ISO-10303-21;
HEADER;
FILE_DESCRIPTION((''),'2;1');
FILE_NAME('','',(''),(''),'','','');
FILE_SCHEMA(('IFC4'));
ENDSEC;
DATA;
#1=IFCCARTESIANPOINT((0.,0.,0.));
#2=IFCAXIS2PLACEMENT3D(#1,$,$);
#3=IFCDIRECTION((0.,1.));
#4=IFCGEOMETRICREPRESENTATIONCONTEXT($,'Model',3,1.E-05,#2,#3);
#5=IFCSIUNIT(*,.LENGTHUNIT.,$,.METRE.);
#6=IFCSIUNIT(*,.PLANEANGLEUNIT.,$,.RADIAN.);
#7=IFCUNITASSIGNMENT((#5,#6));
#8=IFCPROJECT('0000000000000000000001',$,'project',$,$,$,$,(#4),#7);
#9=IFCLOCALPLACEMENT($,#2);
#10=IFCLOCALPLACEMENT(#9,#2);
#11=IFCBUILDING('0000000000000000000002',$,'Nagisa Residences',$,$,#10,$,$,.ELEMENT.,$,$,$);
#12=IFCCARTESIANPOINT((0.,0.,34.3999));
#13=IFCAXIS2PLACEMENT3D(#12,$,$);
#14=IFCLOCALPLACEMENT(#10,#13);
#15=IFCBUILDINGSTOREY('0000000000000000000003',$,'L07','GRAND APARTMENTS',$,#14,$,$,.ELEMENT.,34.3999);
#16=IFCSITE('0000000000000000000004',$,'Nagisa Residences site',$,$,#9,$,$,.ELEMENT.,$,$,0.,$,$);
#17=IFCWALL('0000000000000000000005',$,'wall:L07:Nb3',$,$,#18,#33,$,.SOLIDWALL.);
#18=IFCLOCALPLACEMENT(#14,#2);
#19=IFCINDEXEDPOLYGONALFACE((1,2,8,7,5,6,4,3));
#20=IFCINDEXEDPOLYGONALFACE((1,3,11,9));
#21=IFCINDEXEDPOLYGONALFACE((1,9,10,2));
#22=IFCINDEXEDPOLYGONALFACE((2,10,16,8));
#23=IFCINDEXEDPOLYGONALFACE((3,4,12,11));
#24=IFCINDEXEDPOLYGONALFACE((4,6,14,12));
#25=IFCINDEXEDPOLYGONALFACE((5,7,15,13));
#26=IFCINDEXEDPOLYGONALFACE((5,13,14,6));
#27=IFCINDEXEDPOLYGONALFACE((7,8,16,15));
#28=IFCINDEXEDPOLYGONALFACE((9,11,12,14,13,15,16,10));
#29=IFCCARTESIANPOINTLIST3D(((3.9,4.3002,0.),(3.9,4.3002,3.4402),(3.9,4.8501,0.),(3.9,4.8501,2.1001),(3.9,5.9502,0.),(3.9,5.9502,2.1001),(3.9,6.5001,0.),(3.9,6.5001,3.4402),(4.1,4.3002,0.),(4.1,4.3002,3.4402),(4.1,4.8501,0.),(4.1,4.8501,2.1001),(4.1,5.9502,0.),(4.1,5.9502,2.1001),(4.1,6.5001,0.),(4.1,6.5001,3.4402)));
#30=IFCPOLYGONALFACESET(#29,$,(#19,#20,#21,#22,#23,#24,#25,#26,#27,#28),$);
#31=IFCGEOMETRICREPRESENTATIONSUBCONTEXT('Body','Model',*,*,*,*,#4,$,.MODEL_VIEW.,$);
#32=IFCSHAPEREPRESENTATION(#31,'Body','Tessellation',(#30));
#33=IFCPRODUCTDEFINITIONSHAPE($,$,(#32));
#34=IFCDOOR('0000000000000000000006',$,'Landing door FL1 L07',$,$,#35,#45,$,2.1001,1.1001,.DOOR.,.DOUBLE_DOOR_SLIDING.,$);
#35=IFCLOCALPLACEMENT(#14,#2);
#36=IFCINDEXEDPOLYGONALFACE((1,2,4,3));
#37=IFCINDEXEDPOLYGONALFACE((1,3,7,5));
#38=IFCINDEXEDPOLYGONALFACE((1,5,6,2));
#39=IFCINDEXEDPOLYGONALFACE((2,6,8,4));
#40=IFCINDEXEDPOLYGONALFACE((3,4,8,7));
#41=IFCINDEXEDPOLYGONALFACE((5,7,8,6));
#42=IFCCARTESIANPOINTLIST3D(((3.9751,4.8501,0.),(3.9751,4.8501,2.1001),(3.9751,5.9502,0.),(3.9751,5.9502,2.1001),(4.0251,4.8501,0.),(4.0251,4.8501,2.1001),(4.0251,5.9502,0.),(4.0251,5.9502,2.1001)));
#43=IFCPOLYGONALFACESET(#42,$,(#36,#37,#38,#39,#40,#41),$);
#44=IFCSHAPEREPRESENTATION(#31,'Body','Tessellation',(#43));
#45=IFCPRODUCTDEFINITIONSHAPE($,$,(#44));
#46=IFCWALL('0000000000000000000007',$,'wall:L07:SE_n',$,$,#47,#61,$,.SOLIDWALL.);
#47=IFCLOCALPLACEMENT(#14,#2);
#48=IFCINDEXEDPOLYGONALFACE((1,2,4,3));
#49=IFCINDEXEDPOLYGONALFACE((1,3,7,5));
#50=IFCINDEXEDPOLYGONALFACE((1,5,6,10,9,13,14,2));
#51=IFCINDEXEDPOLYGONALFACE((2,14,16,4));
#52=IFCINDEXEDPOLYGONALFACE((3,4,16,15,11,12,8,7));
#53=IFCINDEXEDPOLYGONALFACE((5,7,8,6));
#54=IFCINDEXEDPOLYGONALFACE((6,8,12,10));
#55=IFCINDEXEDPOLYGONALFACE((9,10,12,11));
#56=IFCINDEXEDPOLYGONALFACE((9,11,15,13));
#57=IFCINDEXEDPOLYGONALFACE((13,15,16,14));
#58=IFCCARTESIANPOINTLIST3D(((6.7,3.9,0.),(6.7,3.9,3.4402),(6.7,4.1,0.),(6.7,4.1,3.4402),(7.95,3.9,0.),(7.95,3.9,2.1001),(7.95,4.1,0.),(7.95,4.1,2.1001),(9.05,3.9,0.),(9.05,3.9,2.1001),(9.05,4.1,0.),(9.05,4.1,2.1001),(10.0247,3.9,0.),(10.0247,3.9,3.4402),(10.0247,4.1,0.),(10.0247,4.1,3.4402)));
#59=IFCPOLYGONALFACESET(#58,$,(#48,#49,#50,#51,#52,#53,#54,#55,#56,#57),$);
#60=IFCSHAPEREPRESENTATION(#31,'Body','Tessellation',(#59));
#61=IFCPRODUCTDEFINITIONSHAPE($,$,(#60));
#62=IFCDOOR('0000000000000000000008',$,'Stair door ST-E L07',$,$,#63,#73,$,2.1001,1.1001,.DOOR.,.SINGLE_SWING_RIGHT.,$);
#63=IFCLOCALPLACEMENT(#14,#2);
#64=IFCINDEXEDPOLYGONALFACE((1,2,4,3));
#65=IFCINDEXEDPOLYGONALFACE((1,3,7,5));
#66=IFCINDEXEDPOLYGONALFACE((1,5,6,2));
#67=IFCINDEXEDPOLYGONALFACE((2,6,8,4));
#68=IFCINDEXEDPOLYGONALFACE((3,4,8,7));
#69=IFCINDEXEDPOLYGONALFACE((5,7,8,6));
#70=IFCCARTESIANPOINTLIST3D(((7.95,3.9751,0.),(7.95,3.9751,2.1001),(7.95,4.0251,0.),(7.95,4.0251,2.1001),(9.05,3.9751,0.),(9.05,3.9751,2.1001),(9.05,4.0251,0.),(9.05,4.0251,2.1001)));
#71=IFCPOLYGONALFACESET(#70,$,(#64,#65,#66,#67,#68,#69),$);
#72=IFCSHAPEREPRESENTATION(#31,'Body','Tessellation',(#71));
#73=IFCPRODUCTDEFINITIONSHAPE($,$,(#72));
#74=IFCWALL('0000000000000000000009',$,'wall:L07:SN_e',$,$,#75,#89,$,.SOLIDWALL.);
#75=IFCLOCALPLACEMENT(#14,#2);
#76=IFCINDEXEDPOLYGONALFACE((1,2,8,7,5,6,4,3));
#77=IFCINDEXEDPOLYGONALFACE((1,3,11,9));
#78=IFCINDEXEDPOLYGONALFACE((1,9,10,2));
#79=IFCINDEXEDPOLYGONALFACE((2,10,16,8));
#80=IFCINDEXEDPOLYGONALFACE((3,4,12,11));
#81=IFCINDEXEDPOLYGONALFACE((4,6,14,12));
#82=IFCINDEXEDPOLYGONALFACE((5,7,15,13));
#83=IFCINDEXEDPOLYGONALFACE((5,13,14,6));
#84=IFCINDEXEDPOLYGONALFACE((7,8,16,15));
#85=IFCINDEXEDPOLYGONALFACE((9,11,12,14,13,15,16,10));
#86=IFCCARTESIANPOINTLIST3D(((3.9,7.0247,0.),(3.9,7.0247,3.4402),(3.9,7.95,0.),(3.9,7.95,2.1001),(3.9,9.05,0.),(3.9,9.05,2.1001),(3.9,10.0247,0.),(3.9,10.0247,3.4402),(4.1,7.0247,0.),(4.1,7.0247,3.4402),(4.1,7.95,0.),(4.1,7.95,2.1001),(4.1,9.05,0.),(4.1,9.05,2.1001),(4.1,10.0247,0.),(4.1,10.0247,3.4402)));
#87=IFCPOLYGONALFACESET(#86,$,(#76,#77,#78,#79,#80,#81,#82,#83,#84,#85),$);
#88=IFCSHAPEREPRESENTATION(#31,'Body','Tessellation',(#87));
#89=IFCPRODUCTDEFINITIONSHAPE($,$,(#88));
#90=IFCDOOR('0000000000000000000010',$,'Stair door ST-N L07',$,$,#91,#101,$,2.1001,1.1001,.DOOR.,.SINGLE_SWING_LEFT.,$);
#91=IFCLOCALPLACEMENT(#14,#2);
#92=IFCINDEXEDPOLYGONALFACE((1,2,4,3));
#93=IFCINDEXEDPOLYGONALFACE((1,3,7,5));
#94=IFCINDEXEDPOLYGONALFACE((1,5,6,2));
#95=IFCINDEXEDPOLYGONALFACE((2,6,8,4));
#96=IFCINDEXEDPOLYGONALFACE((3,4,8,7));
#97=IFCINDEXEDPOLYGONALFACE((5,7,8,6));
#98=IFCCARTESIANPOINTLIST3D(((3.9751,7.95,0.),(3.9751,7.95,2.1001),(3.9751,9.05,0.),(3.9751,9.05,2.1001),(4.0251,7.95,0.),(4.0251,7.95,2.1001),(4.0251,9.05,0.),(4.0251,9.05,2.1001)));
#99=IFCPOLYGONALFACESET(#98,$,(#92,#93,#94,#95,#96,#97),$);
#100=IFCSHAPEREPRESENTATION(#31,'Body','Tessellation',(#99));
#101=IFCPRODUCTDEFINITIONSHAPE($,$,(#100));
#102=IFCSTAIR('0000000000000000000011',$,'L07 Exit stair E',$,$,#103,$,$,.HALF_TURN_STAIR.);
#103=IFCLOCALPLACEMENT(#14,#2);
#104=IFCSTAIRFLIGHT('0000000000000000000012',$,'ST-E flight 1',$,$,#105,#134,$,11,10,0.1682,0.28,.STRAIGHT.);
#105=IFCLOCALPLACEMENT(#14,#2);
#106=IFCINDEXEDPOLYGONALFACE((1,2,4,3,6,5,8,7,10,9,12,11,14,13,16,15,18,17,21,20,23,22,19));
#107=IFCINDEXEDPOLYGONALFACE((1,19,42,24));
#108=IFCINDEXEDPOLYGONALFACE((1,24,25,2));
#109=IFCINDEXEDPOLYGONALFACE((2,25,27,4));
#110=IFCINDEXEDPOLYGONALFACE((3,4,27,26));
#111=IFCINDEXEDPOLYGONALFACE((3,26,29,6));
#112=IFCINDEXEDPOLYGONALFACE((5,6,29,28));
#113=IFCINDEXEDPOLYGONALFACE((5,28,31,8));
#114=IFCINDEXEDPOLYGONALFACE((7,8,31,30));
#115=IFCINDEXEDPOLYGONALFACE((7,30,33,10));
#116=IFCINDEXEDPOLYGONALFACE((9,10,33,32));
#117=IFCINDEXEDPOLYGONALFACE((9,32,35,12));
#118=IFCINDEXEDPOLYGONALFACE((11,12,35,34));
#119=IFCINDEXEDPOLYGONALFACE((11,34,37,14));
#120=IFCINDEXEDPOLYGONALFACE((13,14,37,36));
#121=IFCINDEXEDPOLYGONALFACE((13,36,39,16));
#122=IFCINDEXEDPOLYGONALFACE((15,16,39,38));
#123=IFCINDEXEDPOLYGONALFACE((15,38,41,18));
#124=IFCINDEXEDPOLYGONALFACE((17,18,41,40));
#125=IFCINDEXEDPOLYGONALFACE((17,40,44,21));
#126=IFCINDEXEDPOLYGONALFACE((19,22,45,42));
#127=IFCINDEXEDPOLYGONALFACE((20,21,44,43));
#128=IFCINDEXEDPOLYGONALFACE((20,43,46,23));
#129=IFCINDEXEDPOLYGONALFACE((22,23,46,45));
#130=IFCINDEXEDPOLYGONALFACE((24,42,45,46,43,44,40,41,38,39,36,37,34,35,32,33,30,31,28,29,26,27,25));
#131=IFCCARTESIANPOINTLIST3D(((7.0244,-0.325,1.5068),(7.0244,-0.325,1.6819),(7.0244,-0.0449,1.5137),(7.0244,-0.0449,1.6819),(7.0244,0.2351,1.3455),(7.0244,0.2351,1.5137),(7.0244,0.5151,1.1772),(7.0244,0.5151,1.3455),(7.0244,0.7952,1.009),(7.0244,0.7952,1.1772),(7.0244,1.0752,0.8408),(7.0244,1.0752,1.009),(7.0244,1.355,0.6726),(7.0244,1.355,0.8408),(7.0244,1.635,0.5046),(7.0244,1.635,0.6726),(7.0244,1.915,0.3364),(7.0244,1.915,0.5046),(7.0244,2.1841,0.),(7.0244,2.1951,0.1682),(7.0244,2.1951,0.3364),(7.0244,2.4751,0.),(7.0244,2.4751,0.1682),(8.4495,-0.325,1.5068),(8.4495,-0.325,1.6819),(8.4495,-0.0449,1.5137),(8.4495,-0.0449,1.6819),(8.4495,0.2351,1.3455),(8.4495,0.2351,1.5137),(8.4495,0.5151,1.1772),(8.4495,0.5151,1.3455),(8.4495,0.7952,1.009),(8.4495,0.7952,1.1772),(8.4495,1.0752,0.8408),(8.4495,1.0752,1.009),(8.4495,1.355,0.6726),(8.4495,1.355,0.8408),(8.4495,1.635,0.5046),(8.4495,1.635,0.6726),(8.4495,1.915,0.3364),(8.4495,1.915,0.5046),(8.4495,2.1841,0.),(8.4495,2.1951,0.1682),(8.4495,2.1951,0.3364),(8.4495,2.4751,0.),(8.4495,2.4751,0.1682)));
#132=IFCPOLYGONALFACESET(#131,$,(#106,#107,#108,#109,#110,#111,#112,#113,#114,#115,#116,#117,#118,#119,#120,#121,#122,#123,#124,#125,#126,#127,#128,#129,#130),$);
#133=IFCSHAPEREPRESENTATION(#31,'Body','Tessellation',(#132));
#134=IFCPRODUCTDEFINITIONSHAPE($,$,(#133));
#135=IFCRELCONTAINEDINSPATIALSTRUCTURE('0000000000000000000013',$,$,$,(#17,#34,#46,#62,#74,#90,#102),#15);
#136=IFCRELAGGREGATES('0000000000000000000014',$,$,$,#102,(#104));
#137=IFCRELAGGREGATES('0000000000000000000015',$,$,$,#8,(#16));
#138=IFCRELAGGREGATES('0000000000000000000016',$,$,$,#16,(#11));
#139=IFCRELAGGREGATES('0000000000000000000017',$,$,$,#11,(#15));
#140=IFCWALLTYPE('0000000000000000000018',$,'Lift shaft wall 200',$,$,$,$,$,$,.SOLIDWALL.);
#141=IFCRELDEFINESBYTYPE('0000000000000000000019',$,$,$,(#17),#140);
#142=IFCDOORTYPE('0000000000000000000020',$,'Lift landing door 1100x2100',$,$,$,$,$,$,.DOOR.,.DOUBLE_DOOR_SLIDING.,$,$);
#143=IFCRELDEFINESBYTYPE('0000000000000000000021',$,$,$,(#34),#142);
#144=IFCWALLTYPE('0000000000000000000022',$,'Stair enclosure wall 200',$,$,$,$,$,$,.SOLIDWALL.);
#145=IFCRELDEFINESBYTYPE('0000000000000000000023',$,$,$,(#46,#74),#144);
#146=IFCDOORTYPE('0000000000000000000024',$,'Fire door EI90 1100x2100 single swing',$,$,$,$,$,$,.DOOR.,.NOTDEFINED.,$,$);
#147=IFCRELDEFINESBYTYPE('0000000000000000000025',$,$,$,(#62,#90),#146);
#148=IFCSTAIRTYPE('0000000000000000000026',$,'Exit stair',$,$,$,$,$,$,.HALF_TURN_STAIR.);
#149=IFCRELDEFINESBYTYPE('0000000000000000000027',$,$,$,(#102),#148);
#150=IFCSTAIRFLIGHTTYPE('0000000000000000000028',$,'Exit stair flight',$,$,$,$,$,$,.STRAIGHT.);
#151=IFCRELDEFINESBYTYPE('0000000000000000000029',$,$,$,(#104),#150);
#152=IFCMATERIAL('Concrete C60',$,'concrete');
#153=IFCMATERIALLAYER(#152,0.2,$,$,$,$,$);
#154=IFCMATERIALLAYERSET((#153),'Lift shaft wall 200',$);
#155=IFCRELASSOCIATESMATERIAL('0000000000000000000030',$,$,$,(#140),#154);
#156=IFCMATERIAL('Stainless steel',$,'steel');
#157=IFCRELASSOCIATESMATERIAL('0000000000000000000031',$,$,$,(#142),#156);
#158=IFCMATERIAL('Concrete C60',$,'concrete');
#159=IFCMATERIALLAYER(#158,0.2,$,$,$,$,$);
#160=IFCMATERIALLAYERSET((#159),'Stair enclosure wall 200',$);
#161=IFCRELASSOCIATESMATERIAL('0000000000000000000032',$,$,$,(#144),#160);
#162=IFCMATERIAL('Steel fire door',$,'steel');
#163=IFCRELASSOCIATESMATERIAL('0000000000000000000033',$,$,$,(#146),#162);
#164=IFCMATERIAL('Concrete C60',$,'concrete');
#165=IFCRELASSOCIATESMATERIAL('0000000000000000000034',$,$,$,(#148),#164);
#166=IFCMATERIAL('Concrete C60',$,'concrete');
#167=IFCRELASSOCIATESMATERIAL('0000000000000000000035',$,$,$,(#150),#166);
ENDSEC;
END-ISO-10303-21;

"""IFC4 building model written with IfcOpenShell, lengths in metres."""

from ifc_helpers import new_model, si_unit, direction, frame, frame_2d, origin, place, context, subcontext, project, spatial, polyline, rectangle, outline, extrude, material, layer, layer_set, type_object, element, fill, aggregate, save


model = new_model("IFC4")

# Units and contexts
model_context = context("Model", 3, precision=1e-05, world=origin(), true_north=direction((0.0, 1.0)))
body_context = subcontext(model_context, "Body", "Model", "MODEL_VIEW")
ifc_project = project(units=[si_unit("LENGTHUNIT", "METRE"), si_unit("PLANEANGLEUNIT", "RADIAN")], contexts=[model_context])

# Site, building, storey
site_placement = place(None, origin())
site = spatial("IfcSite", under=ifc_project, at=site_placement, Name="Nagisa Residences site", CompositionType="ELEMENT", RefElevation=0.0)
building_placement = place(site_placement, origin())
building = spatial("IfcBuilding", under=site, at=building_placement, Name="Nagisa Residences", CompositionType="ELEMENT")
storey_placement = place(building_placement, frame((0.0, 0.0, 34.3999)))
storey = spatial("IfcBuildingStorey", under=building, at=storey_placement, Name="L07", Description="GRAND APARTMENTS", CompositionType="ELEMENT", Elevation=34.3999)

# Walls, openings, doors
ifc_material_1 = material(Name="Concrete C60", Category="concrete")
ifc_layer_1 = layer(ifc_material_1, 0.2)
ifc_layer_set_1 = layer_set([ifc_layer_1], Name="Lift shaft wall 200")
wall_type_1 = type_object("IfcWallType", Name="Lift shaft wall 200", PredefinedType="SOLIDWALL", material=ifc_layer_set_1)
wall_1_placement = place(storey_placement, frame((4.0, 4.3, 0.0), z_axis=(0.0, 0.0, 1.0), x_axis=(0.0, 1.0, 0.0)))
wall_1 = element("IfcWall", 1, at=wall_1_placement, inside=storey, type_object=wall_type_1, Name="wall:L07:Nb3", PredefinedType="SOLIDWALL", context=body_context, shape_type="SweptSolid", body=[
    extrude(rectangle(XDim=2.2, YDim=0.2, at=frame_2d((1.1001, 0.0))), origin(), (0.0, 0.0, 1.0), 3.4402),
])
opening_1_placement = place(wall_1_placement, frame((0.55, 0.0, 0.0)))
opening_1 = element("IfcOpeningElement", 2, at=opening_1_placement, cuts=wall_1, PredefinedType="OPENING", context=body_context, shape_type="SweptSolid", body=[
    extrude(rectangle(XDim=1.1001, YDim=2.1001, at=frame_2d((0.55, 1.05))), frame((0.0, 0.1099, 0.0), z_axis=(0.0, -1.0, 0.0), x_axis=(1.0, 0.0, 0.0)), (0.0, 0.0, 1.0), 0.22),
])
ifc_material_2 = material(Name="Stainless steel", Category="steel")
door_type_1 = type_object("IfcDoorType", Name="Lift landing door 1100x2100", OperationType="DOUBLE_DOOR_SLIDING", PredefinedType="DOOR", material=ifc_material_2)
door_1_placement = place(opening_1_placement, origin())
door_1 = element("IfcDoor", 3, at=door_1_placement, inside=storey, type_object=door_type_1, Name="Landing door FL1 L07", OperationType="DOUBLE_DOOR_SLIDING", OverallHeight=2.1001, OverallWidth=1.1001, PredefinedType="DOOR", context=body_context, shape_type="SweptSolid", body=[
    extrude(rectangle(XDim=1.1001, YDim=2.1001, at=frame_2d((0.55, 1.05))), frame((0.0, 0.0249, 0.0), z_axis=(0.0, -1.0, 0.0), x_axis=(1.0, 0.0, 0.0)), (0.0, 0.0, 1.0), 0.05),
])
fill(opening_1, door_1)
ifc_material_3 = material(Name="Concrete C60", Category="concrete")
ifc_layer_2 = layer(ifc_material_3, 0.2)
ifc_layer_set_2 = layer_set([ifc_layer_2], Name="Stair enclosure wall 200")
wall_type_2 = type_object("IfcWallType", Name="Stair enclosure wall 200", PredefinedType="SOLIDWALL", material=ifc_layer_set_2)
wall_2_placement = place(storey_placement, frame((6.7, 4.0, 0.0), z_axis=(0.0, 0.0, 1.0), x_axis=(1.0, 0.0, 0.0)))
wall_2 = element("IfcWall", 4, at=wall_2_placement, inside=storey, type_object=wall_type_2, Name="wall:L07:SE_n", PredefinedType="SOLIDWALL", context=body_context, shape_type="SweptSolid", body=[
    extrude(rectangle(XDim=3.3247, YDim=0.2, at=frame_2d((1.6624, 0.0))), origin(), (0.0, 0.0, 1.0), 3.4402),
])
opening_2_placement = place(wall_2_placement, frame((1.25, 0.0, 0.0)))
opening_2 = element("IfcOpeningElement", 5, at=opening_2_placement, cuts=wall_2, PredefinedType="OPENING", context=body_context, shape_type="SweptSolid", body=[
    extrude(rectangle(XDim=1.1001, YDim=2.1001, at=frame_2d((0.55, 1.05))), frame((0.0, 0.1099, 0.0), z_axis=(0.0, -1.0, 0.0), x_axis=(1.0, 0.0, 0.0)), (0.0, 0.0, 1.0), 0.22),
])
ifc_material_4 = material(Name="Steel fire door", Category="steel")
door_type_2 = type_object("IfcDoorType", Name="Fire door EI90 1100x2100 single swing", OperationType="NOTDEFINED", PredefinedType="DOOR", material=ifc_material_4)
door_2_placement = place(opening_2_placement, frame((1.1001, 0.0, 0.0), x_axis=(-1.0, 0.0, 0.0)))
door_2 = element("IfcDoor", 6, at=door_2_placement, inside=storey, type_object=door_type_2, Name="Stair door ST-E L07", OperationType="SINGLE_SWING_RIGHT", OverallHeight=2.1001, OverallWidth=1.1001, PredefinedType="DOOR", context=body_context, shape_type="SweptSolid", body=[
    extrude(rectangle(XDim=1.1001, YDim=2.1001, at=frame_2d((0.55, 1.05))), frame((0.0, 0.0249, 0.0), z_axis=(0.0, -1.0, 0.0), x_axis=(1.0, 0.0, 0.0)), (0.0, 0.0, 1.0), 0.05),
])
fill(opening_2, door_2)
wall_3_placement = place(storey_placement, frame((4.0, 7.0247, 0.0), z_axis=(0.0, 0.0, 1.0), x_axis=(0.0, 1.0, 0.0)))
wall_3 = element("IfcWall", 7, at=wall_3_placement, inside=storey, type_object=wall_type_2, Name="wall:L07:SN_e", PredefinedType="SOLIDWALL", context=body_context, shape_type="SweptSolid", body=[
    extrude(rectangle(XDim=3.0, YDim=0.2, at=frame_2d((1.5, 0.0))), origin(), (0.0, 0.0, 1.0), 3.4402),
])
opening_3_placement = place(wall_3_placement, frame((0.9253, 0.0, 0.0)))
opening_3 = element("IfcOpeningElement", 8, at=opening_3_placement, cuts=wall_3, PredefinedType="OPENING", context=body_context, shape_type="SweptSolid", body=[
    extrude(rectangle(XDim=1.1001, YDim=2.1001, at=frame_2d((0.55, 1.05))), frame((0.0, 0.1099, 0.0), z_axis=(0.0, -1.0, 0.0), x_axis=(1.0, 0.0, 0.0)), (0.0, 0.0, 1.0), 0.22),
])
door_3_placement = place(opening_3_placement, origin())
door_3 = element("IfcDoor", 9, at=door_3_placement, inside=storey, type_object=door_type_2, Name="Stair door ST-N L07", OperationType="SINGLE_SWING_LEFT", OverallHeight=2.1001, OverallWidth=1.1001, PredefinedType="DOOR", context=body_context, shape_type="SweptSolid", body=[
    extrude(rectangle(XDim=1.1001, YDim=2.1001, at=frame_2d((0.55, 1.05))), frame((0.0, 0.0249, 0.0), z_axis=(0.0, -1.0, 0.0), x_axis=(1.0, 0.0, 0.0)), (0.0, 0.0, 1.0), 0.05),
])
fill(opening_3, door_3)

# Stair, stair flight
ifc_material_5 = material(Name="Concrete C60", Category="concrete")
stair_type = type_object("IfcStairType", Name="Exit stair", PredefinedType="HALF_TURN_STAIR", material=ifc_material_5)
stair_placement = place(storey_placement, origin())
stair = element("IfcStair", 10, at=stair_placement, inside=storey, type_object=stair_type, Name="L07 Exit stair E", PredefinedType="HALF_TURN_STAIR")
ifc_material_6 = material(Name="Concrete C60", Category="concrete")
stair_flight_type = type_object("IfcStairFlightType", Name="Exit stair flight", PredefinedType="STRAIGHT", material=ifc_material_6)
stair_flight_placement = place(storey_placement, frame((7.7371, 2.4751, 0.0), z_axis=(0.0, 0.0, 1.0), x_axis=(0.0, -1.0, 0.0)))
stair_flight = element("IfcStairFlight", 11, at=stair_flight_placement, type_object=stair_flight_type, Name="ST-E flight 1", NumberOfRisers=11, NumberOfTreads=10, PredefinedType="STRAIGHT", RiserHeight=0.1682, TreadLength=0.28, context=body_context, shape_type="SweptSolid", body=[
    extrude(outline(polyline([(0.0, 0.0), (0.0, 0.1682), (0.28, 0.1682), (0.28, 0.3364), (0.5601, 0.3364), (0.5601, 0.5046), (0.8401, 0.5046), (0.8401, 0.6726), (1.1201, 0.6726), (1.1201, 0.8408), (1.3999, 0.8408), (1.3999, 1.009), (1.6799, 1.009), (1.6799, 1.1772), (1.96, 1.1772), (1.96, 1.3455), (2.24, 1.3455), (2.24, 1.5137), (2.52, 1.5137), (2.52, 1.6819), (2.8, 1.6819), (2.8, 1.8501), (2.8, 1.5068), (0.291, 0.0), (0.0, 0.0)])), frame((0.0, 0.7124, 0.0), z_axis=(0.0, -1.0, 0.0), x_axis=(1.0, 0.0, 0.0)), (0.0, 0.0, 1.0), 1.425),
])
aggregate(stair, [stair_flight])

save(model, "model.ifc")
